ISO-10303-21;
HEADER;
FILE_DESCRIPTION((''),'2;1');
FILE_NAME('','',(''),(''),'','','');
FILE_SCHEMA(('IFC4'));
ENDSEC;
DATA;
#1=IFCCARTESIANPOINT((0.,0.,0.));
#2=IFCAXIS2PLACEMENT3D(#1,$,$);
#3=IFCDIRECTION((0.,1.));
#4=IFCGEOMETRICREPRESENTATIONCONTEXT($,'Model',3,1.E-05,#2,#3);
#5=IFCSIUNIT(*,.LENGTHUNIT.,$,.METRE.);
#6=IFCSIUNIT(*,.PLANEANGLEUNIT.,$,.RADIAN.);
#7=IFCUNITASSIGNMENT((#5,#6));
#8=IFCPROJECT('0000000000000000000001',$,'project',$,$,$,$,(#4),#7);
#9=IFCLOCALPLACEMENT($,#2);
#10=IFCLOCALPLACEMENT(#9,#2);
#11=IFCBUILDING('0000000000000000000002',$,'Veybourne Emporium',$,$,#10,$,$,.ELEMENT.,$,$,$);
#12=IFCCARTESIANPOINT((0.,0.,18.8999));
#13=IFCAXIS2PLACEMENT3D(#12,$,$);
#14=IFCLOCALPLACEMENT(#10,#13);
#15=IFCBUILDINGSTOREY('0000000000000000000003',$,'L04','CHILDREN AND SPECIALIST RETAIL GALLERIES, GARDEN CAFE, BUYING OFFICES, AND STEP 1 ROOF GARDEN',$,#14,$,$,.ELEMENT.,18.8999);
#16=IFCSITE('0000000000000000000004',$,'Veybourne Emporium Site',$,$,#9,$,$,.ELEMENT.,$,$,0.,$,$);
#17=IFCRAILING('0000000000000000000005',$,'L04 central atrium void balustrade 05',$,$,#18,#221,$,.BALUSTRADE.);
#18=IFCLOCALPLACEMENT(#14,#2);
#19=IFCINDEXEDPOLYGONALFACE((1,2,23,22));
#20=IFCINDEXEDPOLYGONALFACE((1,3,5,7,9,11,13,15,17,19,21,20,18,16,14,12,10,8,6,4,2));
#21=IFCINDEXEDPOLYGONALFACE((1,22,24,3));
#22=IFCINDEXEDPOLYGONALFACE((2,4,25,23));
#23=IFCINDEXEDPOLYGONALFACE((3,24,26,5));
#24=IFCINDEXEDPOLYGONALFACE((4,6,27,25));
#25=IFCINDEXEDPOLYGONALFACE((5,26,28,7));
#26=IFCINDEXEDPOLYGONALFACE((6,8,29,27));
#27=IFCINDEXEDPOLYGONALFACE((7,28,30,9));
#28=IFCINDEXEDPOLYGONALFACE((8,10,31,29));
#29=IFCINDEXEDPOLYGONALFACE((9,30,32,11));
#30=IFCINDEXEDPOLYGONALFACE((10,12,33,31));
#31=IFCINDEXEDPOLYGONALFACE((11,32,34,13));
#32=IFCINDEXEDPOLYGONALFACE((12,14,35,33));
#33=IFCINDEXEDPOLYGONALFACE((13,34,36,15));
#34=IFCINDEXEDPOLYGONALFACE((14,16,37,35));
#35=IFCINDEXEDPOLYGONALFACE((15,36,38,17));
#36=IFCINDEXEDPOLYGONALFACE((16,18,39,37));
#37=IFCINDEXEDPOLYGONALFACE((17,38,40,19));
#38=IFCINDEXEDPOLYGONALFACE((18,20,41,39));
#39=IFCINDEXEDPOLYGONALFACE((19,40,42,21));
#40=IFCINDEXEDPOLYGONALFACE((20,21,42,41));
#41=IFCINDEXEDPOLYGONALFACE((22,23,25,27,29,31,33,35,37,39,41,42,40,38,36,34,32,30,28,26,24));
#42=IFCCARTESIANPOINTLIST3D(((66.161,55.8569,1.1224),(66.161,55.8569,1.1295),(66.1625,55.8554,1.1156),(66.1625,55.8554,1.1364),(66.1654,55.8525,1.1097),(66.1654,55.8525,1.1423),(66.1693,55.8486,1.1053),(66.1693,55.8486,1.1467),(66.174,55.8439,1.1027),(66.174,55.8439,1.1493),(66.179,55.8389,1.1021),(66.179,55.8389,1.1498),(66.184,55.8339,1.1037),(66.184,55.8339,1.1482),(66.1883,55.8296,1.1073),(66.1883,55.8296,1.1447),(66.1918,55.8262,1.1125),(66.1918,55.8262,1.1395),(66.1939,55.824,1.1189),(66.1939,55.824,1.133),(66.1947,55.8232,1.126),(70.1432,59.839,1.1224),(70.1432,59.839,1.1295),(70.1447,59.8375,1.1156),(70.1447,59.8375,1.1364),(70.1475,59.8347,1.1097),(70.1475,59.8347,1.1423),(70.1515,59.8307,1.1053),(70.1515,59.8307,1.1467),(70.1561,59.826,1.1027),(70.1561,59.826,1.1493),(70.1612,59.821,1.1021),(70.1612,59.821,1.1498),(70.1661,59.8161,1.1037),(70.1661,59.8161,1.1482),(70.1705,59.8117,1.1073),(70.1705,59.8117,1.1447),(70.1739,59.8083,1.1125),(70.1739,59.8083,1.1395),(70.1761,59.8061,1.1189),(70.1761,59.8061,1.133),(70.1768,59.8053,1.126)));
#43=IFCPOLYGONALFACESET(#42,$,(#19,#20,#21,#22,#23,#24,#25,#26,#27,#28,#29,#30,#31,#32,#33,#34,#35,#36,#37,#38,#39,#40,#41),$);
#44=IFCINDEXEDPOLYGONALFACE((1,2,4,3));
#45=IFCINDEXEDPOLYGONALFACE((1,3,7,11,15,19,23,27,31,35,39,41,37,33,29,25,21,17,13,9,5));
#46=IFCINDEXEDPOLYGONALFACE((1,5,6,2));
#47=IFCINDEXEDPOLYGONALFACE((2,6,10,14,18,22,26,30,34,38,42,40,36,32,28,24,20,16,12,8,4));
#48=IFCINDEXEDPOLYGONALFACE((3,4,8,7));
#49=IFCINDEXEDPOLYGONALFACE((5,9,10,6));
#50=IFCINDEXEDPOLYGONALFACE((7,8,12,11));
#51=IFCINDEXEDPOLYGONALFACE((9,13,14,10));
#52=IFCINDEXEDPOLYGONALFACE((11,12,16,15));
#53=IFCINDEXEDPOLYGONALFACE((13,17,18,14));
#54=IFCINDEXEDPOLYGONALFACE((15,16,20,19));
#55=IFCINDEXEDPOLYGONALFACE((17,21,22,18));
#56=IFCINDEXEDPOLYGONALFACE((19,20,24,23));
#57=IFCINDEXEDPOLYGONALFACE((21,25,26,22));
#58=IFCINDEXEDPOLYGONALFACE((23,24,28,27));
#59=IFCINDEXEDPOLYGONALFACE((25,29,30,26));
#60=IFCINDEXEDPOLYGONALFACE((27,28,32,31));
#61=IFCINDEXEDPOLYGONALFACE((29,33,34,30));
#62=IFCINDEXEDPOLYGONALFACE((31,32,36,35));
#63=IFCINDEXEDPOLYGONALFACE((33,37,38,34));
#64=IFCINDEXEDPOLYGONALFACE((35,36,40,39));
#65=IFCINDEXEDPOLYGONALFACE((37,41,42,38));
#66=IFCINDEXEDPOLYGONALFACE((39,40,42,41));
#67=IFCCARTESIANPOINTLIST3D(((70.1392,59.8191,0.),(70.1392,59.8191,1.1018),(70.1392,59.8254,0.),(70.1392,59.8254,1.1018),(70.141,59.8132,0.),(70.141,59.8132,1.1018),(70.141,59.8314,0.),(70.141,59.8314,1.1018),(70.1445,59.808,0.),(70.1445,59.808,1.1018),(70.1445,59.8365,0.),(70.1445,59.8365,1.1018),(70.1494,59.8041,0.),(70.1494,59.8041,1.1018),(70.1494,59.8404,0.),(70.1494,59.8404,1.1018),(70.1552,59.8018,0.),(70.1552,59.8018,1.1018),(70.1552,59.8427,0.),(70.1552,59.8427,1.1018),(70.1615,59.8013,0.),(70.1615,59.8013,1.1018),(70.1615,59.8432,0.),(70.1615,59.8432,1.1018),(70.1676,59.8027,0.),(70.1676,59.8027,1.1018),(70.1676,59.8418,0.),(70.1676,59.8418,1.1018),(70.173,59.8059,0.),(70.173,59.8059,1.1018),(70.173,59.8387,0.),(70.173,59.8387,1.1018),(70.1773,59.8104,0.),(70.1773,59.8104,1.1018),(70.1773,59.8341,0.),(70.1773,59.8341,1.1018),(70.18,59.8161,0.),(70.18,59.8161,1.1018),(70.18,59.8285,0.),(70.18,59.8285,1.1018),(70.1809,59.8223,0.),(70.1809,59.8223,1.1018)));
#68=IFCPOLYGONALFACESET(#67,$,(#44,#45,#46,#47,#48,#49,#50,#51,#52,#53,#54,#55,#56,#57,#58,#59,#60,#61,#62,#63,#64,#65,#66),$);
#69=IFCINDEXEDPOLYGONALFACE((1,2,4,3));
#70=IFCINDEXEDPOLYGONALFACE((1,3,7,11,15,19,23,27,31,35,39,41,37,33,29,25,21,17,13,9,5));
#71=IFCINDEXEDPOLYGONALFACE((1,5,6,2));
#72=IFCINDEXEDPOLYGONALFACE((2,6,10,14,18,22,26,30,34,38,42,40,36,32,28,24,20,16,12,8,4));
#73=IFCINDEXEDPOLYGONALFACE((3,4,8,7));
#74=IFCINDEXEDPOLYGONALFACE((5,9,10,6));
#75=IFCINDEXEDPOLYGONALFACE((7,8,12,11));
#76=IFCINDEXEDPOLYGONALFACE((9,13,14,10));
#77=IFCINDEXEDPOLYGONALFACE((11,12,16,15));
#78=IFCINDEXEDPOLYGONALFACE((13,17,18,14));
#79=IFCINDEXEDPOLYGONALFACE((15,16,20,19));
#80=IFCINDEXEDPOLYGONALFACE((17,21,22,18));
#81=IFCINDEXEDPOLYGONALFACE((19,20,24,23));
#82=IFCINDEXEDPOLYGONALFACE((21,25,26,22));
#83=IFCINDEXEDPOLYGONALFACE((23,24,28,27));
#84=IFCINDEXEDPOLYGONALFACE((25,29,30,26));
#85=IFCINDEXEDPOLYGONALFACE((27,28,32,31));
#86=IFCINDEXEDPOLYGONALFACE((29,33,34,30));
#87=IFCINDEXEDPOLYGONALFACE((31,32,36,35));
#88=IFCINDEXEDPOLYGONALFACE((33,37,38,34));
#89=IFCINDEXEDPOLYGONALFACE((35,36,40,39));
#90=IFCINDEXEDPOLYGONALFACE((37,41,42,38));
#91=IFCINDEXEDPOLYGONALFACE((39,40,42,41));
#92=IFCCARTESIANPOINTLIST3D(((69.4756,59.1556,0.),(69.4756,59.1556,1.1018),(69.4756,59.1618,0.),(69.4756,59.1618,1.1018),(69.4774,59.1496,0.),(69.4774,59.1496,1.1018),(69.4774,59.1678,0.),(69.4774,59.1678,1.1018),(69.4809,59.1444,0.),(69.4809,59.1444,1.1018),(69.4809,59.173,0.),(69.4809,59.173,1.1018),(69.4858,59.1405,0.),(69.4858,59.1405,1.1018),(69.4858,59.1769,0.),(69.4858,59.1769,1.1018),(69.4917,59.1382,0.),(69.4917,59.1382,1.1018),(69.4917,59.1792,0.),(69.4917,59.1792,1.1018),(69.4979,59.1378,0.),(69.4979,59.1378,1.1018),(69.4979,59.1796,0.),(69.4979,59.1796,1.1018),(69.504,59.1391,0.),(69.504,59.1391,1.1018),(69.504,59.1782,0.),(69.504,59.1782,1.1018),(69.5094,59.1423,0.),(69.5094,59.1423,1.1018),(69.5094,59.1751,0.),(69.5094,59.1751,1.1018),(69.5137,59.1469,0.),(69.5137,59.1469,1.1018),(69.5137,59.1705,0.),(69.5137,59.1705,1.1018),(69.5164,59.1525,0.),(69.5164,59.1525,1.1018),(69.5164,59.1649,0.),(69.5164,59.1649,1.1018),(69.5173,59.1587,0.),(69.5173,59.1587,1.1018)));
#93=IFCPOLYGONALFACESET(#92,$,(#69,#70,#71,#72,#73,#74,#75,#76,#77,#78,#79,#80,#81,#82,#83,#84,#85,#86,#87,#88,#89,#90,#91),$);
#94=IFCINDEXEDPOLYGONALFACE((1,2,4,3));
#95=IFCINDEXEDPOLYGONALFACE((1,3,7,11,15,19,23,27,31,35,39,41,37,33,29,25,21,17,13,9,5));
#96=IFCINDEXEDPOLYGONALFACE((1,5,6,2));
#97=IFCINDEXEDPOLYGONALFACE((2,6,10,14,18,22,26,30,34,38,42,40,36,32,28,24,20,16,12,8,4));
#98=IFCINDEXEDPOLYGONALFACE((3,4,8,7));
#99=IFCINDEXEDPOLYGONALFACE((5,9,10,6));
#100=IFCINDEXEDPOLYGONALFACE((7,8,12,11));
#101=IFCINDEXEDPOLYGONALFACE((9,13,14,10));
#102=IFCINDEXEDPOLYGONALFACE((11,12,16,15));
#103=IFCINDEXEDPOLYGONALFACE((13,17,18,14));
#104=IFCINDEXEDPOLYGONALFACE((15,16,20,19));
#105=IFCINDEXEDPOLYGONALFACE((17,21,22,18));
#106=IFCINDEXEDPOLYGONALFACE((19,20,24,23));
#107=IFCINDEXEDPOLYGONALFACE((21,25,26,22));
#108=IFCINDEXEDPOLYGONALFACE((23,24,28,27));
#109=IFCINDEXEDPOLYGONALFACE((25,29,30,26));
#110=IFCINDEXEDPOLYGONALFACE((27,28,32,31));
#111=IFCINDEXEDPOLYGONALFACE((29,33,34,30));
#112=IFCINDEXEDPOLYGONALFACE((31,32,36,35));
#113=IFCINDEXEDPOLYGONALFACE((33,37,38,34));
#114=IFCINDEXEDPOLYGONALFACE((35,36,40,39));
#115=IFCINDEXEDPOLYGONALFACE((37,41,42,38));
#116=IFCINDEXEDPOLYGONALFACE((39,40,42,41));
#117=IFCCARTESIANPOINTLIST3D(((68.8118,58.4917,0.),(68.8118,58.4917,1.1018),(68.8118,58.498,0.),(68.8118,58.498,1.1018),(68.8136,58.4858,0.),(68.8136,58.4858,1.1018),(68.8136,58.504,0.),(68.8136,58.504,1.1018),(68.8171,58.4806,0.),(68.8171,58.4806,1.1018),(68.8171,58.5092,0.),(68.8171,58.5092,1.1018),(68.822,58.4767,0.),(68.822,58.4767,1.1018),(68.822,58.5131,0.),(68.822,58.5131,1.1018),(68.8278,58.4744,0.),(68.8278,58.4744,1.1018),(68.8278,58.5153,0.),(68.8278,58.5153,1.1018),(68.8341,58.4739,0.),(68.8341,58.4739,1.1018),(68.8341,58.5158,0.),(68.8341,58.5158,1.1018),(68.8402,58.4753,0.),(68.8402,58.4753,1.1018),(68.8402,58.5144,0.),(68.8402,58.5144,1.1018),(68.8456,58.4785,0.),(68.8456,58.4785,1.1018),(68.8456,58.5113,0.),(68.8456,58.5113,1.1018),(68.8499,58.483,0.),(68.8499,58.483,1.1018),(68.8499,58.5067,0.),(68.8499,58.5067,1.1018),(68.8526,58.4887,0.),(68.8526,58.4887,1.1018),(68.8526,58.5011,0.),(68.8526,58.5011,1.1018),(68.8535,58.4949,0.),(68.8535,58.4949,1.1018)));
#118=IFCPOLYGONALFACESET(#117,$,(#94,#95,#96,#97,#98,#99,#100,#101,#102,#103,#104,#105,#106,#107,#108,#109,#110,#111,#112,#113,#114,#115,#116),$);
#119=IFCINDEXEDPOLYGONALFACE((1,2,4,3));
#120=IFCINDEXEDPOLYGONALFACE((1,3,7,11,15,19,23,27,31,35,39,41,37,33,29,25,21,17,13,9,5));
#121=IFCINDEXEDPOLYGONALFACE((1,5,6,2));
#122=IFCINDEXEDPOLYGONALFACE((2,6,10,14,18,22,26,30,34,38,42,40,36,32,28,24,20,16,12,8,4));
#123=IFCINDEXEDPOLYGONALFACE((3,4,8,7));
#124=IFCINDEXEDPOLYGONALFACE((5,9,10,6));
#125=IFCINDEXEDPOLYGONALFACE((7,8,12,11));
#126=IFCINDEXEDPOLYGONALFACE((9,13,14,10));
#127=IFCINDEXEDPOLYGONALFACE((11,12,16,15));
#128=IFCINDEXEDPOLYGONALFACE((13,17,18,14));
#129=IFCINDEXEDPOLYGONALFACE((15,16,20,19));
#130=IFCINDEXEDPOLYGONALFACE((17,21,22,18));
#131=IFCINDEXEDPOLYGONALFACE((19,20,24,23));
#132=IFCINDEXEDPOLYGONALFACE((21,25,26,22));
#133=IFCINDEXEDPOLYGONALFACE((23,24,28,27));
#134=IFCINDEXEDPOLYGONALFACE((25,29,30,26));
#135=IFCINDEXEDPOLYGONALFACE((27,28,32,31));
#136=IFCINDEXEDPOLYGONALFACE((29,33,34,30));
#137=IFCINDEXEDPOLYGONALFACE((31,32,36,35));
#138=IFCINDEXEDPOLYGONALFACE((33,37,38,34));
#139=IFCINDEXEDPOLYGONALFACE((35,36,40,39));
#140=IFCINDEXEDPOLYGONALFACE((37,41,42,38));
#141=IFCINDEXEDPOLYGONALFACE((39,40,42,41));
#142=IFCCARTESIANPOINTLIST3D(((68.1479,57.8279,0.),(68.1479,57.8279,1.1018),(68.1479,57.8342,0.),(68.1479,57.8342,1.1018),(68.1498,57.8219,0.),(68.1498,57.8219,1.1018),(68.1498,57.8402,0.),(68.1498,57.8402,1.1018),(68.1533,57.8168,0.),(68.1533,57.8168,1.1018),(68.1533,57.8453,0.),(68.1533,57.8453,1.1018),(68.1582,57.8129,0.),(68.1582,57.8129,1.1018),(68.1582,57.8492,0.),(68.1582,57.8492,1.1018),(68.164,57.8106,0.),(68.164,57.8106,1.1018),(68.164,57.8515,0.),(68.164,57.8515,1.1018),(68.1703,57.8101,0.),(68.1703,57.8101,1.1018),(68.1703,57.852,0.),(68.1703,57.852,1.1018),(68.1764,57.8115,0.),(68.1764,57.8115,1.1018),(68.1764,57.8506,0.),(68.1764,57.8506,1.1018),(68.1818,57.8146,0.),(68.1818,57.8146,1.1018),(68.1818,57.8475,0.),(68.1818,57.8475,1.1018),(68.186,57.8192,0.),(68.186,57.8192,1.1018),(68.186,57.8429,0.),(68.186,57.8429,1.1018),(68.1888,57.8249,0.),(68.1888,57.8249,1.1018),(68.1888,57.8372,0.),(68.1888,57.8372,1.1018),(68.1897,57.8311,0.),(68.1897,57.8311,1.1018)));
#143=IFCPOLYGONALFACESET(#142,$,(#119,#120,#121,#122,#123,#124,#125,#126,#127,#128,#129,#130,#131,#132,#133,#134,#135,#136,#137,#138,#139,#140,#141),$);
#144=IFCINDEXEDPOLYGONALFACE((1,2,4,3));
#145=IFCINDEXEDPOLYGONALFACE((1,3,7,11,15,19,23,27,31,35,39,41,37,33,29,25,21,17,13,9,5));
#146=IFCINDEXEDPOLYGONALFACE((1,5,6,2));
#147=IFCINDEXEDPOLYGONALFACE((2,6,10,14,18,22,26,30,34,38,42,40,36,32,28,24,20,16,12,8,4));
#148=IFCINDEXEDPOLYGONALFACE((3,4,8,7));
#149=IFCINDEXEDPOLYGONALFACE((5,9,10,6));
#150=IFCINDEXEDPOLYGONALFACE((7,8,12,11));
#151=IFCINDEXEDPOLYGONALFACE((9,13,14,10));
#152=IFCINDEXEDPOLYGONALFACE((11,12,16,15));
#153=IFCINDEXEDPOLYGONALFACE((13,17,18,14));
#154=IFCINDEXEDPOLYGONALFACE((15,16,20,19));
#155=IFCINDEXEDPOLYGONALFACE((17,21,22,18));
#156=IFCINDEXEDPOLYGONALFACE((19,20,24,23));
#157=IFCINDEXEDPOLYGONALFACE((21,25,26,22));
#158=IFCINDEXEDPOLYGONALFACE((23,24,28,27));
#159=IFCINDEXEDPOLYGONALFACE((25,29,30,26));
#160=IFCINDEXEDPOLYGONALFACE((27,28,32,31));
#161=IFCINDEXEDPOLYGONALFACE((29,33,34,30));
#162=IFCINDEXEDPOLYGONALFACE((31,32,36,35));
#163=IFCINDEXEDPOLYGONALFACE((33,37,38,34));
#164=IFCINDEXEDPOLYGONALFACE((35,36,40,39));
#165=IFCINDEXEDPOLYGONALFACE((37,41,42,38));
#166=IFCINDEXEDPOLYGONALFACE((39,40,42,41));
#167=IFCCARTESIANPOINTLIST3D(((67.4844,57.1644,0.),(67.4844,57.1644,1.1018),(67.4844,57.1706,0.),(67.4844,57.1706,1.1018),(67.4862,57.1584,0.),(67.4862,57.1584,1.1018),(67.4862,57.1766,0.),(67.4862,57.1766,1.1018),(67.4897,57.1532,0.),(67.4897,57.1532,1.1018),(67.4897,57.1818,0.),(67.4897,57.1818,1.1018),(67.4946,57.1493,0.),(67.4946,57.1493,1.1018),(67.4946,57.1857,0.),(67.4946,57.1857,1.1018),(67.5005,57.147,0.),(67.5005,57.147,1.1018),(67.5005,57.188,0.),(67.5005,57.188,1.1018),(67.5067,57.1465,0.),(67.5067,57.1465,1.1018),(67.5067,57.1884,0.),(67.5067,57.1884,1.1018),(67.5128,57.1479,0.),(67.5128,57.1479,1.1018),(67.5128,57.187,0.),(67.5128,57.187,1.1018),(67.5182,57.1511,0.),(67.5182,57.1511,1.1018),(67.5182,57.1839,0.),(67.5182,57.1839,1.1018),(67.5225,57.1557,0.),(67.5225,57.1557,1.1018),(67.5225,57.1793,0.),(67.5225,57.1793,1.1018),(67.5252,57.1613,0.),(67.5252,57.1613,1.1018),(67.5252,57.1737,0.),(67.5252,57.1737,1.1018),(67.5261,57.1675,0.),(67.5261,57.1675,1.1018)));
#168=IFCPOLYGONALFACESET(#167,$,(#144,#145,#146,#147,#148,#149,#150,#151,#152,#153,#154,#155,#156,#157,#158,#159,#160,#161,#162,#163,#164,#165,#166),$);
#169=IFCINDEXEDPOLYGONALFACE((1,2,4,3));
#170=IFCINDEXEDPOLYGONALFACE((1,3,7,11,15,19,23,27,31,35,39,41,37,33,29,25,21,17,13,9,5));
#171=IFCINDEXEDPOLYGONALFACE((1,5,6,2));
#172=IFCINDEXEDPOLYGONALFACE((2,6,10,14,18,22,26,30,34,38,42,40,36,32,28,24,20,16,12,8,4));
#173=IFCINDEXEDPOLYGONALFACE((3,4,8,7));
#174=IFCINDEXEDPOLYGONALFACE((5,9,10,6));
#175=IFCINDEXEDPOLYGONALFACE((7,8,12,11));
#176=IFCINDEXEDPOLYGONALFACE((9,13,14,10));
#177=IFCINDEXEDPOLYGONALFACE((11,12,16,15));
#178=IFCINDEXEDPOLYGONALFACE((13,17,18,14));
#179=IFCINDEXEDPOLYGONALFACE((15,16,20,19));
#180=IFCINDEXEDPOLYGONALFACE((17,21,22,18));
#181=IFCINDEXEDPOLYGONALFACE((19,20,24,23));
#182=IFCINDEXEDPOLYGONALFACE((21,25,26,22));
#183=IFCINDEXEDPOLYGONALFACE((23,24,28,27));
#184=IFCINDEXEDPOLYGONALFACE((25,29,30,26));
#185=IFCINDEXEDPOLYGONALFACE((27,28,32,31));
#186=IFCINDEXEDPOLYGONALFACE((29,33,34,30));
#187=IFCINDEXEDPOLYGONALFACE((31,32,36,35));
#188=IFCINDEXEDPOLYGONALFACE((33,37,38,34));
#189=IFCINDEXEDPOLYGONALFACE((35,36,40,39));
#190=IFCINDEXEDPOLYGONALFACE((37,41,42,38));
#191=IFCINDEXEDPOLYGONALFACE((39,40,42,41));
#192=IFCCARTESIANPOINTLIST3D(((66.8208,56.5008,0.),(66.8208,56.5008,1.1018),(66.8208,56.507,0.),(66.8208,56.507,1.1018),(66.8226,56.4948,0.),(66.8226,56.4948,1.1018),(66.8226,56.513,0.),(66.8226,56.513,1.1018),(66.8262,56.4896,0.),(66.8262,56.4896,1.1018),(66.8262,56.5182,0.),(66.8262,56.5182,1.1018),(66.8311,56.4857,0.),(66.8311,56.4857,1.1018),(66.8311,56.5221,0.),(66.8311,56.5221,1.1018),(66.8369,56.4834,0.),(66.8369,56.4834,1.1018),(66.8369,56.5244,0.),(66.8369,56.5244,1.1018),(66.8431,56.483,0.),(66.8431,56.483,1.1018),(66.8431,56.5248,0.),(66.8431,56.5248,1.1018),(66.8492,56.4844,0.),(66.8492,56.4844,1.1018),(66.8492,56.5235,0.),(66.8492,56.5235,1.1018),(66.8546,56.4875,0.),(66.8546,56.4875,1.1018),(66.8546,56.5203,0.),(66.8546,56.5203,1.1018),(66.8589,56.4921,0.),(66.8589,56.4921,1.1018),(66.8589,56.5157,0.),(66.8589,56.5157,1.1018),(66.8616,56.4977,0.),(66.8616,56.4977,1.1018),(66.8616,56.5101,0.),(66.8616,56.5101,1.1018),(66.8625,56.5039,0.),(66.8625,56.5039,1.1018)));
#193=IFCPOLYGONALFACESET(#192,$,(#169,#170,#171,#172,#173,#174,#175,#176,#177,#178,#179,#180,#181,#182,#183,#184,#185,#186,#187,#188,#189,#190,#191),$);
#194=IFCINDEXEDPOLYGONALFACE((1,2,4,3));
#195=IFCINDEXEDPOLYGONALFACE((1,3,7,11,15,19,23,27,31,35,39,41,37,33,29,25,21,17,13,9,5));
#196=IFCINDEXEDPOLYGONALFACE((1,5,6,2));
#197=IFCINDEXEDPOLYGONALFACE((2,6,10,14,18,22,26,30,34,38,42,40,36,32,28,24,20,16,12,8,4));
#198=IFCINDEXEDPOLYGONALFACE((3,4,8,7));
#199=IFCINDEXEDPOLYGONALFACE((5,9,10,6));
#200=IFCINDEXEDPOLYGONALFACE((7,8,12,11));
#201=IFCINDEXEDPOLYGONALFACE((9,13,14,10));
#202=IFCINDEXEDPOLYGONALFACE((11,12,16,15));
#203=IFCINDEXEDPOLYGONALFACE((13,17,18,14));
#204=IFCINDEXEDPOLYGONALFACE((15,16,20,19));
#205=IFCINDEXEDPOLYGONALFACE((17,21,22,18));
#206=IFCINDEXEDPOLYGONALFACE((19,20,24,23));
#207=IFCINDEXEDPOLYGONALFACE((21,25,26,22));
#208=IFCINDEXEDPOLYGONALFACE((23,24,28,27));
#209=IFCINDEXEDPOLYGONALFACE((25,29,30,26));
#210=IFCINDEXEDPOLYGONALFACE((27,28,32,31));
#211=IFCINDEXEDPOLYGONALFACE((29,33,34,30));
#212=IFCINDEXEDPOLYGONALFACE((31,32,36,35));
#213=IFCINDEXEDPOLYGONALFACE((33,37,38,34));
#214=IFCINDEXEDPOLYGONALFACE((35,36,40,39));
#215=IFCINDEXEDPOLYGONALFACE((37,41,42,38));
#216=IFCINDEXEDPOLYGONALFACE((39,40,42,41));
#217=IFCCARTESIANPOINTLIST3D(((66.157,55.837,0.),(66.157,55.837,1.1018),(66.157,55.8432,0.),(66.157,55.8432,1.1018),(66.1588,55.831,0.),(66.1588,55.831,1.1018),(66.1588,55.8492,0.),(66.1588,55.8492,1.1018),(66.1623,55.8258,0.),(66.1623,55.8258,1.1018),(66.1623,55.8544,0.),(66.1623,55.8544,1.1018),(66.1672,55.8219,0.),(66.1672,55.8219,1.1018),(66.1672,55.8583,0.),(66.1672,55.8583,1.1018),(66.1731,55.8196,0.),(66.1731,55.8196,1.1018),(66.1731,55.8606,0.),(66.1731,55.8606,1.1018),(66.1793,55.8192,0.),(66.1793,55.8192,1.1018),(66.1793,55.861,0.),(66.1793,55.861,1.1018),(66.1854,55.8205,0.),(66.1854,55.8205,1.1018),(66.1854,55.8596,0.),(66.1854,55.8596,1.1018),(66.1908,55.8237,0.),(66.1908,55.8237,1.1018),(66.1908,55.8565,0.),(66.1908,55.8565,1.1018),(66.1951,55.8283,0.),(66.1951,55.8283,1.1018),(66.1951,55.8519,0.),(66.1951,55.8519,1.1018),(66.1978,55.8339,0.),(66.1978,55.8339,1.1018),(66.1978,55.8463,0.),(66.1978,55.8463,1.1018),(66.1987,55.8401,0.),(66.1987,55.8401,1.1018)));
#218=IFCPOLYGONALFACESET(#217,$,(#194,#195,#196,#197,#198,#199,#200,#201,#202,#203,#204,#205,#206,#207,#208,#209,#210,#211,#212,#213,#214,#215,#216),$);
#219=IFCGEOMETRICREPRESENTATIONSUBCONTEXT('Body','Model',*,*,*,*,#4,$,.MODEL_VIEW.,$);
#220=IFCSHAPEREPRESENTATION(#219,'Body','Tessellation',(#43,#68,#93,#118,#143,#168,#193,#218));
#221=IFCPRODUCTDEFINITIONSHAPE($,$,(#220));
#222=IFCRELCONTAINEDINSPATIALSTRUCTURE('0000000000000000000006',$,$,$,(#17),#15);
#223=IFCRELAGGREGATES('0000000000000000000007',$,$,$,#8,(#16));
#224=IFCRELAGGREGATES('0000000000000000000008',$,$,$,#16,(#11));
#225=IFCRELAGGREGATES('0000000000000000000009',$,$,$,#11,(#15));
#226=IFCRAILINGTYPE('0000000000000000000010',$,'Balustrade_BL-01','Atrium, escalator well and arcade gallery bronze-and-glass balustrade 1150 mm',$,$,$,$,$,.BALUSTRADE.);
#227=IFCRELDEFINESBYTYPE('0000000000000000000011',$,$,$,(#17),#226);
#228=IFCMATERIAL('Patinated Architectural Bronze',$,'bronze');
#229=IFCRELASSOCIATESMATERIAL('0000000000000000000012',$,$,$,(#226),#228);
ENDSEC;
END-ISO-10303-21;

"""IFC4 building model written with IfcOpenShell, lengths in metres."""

from ifc_helpers import new_model, si_unit, direction, frame, origin, origin_2d, place, context, subcontext, project, spatial, circle, extrude, material, type_object, element, save


model = new_model("IFC4")

# Units and contexts
model_context = context("Model", 3, precision=1e-05, world=origin(), true_north=direction((0.0, 1.0)))
body_context = subcontext(model_context, "Body", "Model", "MODEL_VIEW")
ifc_project = project(units=[si_unit("LENGTHUNIT", "METRE"), si_unit("PLANEANGLEUNIT", "RADIAN")], contexts=[model_context])

# Site, building, storey
site_placement = place(None, origin())
site = spatial("IfcSite", under=ifc_project, at=site_placement, Name="Veybourne Emporium Site", CompositionType="ELEMENT", RefElevation=0.0)
building_placement = place(site_placement, origin())
building = spatial("IfcBuilding", under=site, at=building_placement, Name="Veybourne Emporium", CompositionType="ELEMENT")
storey_placement = place(building_placement, frame((0.0, 0.0, 18.8999)))
storey = spatial("IfcBuildingStorey", under=building, at=storey_placement, Name="L04", Description="CHILDREN AND SPECIALIST RETAIL GALLERIES, GARDEN CAFE, BUYING OFFICES, AND STEP 1 ROOF GARDEN", CompositionType="ELEMENT", Elevation=18.8999)

# Shared definitions
ifc_material_1 = material(Name="Patinated Architectural Bronze", Category="bronze")

# Railing
railing_type = type_object("IfcRailingType", Name="Balustrade_BL-01", Description="Atrium, escalator well and arcade gallery bronze-and-glass balustrade 1150 mm", PredefinedType="BALUSTRADE", material=ifc_material_1)
railing_1_placement = place(storey_placement, frame((70.1599, 59.8223, 0.0)))
element("IfcRailing", 1, at=railing_1_placement, inside=storey, type_object=railing_type, Name="L04 central atrium void balustrade 05", PredefinedType="BALUSTRADE", context=body_context, shape_type="SweptSolid", body=[
    extrude(circle(Radius=0.0239, at=origin_2d()), frame((0.0, 0.0, 1.126), z_axis=(-0.707107, -0.707107, 0.0), x_axis=(0.707107, -0.707107, 0.0)), (0.0, 0.0, 1.0), 5.6316),
    extrude(circle(Radius=0.021, at=origin_2d()), origin(), (0.0, 0.0, 1.0), 1.1018),
    extrude(circle(Radius=0.021, at=origin_2d()), frame((-0.6636, -0.6636, 0.0)), (0.0, 0.0, 1.0), 1.1018),
    extrude(circle(Radius=0.021, at=origin_2d()), frame((-1.3274, -1.3274, 0.0)), (0.0, 0.0, 1.0), 1.1018),
    extrude(circle(Radius=0.021, at=origin_2d()), frame((-1.9912, -1.9912, 0.0)), (0.0, 0.0, 1.0), 1.1018),
    extrude(circle(Radius=0.021, at=origin_2d()), frame((-2.6548, -2.6548, 0.0)), (0.0, 0.0, 1.0), 1.1018),
    extrude(circle(Radius=0.021, at=origin_2d()), frame((-3.3184, -3.3184, 0.0)), (0.0, 0.0, 1.0), 1.1018),
    extrude(circle(Radius=0.021, at=origin_2d()), frame((-3.9822, -3.9822, 0.0)), (0.0, 0.0, 1.0), 1.1018),
])

save(model, "model.ifc")
